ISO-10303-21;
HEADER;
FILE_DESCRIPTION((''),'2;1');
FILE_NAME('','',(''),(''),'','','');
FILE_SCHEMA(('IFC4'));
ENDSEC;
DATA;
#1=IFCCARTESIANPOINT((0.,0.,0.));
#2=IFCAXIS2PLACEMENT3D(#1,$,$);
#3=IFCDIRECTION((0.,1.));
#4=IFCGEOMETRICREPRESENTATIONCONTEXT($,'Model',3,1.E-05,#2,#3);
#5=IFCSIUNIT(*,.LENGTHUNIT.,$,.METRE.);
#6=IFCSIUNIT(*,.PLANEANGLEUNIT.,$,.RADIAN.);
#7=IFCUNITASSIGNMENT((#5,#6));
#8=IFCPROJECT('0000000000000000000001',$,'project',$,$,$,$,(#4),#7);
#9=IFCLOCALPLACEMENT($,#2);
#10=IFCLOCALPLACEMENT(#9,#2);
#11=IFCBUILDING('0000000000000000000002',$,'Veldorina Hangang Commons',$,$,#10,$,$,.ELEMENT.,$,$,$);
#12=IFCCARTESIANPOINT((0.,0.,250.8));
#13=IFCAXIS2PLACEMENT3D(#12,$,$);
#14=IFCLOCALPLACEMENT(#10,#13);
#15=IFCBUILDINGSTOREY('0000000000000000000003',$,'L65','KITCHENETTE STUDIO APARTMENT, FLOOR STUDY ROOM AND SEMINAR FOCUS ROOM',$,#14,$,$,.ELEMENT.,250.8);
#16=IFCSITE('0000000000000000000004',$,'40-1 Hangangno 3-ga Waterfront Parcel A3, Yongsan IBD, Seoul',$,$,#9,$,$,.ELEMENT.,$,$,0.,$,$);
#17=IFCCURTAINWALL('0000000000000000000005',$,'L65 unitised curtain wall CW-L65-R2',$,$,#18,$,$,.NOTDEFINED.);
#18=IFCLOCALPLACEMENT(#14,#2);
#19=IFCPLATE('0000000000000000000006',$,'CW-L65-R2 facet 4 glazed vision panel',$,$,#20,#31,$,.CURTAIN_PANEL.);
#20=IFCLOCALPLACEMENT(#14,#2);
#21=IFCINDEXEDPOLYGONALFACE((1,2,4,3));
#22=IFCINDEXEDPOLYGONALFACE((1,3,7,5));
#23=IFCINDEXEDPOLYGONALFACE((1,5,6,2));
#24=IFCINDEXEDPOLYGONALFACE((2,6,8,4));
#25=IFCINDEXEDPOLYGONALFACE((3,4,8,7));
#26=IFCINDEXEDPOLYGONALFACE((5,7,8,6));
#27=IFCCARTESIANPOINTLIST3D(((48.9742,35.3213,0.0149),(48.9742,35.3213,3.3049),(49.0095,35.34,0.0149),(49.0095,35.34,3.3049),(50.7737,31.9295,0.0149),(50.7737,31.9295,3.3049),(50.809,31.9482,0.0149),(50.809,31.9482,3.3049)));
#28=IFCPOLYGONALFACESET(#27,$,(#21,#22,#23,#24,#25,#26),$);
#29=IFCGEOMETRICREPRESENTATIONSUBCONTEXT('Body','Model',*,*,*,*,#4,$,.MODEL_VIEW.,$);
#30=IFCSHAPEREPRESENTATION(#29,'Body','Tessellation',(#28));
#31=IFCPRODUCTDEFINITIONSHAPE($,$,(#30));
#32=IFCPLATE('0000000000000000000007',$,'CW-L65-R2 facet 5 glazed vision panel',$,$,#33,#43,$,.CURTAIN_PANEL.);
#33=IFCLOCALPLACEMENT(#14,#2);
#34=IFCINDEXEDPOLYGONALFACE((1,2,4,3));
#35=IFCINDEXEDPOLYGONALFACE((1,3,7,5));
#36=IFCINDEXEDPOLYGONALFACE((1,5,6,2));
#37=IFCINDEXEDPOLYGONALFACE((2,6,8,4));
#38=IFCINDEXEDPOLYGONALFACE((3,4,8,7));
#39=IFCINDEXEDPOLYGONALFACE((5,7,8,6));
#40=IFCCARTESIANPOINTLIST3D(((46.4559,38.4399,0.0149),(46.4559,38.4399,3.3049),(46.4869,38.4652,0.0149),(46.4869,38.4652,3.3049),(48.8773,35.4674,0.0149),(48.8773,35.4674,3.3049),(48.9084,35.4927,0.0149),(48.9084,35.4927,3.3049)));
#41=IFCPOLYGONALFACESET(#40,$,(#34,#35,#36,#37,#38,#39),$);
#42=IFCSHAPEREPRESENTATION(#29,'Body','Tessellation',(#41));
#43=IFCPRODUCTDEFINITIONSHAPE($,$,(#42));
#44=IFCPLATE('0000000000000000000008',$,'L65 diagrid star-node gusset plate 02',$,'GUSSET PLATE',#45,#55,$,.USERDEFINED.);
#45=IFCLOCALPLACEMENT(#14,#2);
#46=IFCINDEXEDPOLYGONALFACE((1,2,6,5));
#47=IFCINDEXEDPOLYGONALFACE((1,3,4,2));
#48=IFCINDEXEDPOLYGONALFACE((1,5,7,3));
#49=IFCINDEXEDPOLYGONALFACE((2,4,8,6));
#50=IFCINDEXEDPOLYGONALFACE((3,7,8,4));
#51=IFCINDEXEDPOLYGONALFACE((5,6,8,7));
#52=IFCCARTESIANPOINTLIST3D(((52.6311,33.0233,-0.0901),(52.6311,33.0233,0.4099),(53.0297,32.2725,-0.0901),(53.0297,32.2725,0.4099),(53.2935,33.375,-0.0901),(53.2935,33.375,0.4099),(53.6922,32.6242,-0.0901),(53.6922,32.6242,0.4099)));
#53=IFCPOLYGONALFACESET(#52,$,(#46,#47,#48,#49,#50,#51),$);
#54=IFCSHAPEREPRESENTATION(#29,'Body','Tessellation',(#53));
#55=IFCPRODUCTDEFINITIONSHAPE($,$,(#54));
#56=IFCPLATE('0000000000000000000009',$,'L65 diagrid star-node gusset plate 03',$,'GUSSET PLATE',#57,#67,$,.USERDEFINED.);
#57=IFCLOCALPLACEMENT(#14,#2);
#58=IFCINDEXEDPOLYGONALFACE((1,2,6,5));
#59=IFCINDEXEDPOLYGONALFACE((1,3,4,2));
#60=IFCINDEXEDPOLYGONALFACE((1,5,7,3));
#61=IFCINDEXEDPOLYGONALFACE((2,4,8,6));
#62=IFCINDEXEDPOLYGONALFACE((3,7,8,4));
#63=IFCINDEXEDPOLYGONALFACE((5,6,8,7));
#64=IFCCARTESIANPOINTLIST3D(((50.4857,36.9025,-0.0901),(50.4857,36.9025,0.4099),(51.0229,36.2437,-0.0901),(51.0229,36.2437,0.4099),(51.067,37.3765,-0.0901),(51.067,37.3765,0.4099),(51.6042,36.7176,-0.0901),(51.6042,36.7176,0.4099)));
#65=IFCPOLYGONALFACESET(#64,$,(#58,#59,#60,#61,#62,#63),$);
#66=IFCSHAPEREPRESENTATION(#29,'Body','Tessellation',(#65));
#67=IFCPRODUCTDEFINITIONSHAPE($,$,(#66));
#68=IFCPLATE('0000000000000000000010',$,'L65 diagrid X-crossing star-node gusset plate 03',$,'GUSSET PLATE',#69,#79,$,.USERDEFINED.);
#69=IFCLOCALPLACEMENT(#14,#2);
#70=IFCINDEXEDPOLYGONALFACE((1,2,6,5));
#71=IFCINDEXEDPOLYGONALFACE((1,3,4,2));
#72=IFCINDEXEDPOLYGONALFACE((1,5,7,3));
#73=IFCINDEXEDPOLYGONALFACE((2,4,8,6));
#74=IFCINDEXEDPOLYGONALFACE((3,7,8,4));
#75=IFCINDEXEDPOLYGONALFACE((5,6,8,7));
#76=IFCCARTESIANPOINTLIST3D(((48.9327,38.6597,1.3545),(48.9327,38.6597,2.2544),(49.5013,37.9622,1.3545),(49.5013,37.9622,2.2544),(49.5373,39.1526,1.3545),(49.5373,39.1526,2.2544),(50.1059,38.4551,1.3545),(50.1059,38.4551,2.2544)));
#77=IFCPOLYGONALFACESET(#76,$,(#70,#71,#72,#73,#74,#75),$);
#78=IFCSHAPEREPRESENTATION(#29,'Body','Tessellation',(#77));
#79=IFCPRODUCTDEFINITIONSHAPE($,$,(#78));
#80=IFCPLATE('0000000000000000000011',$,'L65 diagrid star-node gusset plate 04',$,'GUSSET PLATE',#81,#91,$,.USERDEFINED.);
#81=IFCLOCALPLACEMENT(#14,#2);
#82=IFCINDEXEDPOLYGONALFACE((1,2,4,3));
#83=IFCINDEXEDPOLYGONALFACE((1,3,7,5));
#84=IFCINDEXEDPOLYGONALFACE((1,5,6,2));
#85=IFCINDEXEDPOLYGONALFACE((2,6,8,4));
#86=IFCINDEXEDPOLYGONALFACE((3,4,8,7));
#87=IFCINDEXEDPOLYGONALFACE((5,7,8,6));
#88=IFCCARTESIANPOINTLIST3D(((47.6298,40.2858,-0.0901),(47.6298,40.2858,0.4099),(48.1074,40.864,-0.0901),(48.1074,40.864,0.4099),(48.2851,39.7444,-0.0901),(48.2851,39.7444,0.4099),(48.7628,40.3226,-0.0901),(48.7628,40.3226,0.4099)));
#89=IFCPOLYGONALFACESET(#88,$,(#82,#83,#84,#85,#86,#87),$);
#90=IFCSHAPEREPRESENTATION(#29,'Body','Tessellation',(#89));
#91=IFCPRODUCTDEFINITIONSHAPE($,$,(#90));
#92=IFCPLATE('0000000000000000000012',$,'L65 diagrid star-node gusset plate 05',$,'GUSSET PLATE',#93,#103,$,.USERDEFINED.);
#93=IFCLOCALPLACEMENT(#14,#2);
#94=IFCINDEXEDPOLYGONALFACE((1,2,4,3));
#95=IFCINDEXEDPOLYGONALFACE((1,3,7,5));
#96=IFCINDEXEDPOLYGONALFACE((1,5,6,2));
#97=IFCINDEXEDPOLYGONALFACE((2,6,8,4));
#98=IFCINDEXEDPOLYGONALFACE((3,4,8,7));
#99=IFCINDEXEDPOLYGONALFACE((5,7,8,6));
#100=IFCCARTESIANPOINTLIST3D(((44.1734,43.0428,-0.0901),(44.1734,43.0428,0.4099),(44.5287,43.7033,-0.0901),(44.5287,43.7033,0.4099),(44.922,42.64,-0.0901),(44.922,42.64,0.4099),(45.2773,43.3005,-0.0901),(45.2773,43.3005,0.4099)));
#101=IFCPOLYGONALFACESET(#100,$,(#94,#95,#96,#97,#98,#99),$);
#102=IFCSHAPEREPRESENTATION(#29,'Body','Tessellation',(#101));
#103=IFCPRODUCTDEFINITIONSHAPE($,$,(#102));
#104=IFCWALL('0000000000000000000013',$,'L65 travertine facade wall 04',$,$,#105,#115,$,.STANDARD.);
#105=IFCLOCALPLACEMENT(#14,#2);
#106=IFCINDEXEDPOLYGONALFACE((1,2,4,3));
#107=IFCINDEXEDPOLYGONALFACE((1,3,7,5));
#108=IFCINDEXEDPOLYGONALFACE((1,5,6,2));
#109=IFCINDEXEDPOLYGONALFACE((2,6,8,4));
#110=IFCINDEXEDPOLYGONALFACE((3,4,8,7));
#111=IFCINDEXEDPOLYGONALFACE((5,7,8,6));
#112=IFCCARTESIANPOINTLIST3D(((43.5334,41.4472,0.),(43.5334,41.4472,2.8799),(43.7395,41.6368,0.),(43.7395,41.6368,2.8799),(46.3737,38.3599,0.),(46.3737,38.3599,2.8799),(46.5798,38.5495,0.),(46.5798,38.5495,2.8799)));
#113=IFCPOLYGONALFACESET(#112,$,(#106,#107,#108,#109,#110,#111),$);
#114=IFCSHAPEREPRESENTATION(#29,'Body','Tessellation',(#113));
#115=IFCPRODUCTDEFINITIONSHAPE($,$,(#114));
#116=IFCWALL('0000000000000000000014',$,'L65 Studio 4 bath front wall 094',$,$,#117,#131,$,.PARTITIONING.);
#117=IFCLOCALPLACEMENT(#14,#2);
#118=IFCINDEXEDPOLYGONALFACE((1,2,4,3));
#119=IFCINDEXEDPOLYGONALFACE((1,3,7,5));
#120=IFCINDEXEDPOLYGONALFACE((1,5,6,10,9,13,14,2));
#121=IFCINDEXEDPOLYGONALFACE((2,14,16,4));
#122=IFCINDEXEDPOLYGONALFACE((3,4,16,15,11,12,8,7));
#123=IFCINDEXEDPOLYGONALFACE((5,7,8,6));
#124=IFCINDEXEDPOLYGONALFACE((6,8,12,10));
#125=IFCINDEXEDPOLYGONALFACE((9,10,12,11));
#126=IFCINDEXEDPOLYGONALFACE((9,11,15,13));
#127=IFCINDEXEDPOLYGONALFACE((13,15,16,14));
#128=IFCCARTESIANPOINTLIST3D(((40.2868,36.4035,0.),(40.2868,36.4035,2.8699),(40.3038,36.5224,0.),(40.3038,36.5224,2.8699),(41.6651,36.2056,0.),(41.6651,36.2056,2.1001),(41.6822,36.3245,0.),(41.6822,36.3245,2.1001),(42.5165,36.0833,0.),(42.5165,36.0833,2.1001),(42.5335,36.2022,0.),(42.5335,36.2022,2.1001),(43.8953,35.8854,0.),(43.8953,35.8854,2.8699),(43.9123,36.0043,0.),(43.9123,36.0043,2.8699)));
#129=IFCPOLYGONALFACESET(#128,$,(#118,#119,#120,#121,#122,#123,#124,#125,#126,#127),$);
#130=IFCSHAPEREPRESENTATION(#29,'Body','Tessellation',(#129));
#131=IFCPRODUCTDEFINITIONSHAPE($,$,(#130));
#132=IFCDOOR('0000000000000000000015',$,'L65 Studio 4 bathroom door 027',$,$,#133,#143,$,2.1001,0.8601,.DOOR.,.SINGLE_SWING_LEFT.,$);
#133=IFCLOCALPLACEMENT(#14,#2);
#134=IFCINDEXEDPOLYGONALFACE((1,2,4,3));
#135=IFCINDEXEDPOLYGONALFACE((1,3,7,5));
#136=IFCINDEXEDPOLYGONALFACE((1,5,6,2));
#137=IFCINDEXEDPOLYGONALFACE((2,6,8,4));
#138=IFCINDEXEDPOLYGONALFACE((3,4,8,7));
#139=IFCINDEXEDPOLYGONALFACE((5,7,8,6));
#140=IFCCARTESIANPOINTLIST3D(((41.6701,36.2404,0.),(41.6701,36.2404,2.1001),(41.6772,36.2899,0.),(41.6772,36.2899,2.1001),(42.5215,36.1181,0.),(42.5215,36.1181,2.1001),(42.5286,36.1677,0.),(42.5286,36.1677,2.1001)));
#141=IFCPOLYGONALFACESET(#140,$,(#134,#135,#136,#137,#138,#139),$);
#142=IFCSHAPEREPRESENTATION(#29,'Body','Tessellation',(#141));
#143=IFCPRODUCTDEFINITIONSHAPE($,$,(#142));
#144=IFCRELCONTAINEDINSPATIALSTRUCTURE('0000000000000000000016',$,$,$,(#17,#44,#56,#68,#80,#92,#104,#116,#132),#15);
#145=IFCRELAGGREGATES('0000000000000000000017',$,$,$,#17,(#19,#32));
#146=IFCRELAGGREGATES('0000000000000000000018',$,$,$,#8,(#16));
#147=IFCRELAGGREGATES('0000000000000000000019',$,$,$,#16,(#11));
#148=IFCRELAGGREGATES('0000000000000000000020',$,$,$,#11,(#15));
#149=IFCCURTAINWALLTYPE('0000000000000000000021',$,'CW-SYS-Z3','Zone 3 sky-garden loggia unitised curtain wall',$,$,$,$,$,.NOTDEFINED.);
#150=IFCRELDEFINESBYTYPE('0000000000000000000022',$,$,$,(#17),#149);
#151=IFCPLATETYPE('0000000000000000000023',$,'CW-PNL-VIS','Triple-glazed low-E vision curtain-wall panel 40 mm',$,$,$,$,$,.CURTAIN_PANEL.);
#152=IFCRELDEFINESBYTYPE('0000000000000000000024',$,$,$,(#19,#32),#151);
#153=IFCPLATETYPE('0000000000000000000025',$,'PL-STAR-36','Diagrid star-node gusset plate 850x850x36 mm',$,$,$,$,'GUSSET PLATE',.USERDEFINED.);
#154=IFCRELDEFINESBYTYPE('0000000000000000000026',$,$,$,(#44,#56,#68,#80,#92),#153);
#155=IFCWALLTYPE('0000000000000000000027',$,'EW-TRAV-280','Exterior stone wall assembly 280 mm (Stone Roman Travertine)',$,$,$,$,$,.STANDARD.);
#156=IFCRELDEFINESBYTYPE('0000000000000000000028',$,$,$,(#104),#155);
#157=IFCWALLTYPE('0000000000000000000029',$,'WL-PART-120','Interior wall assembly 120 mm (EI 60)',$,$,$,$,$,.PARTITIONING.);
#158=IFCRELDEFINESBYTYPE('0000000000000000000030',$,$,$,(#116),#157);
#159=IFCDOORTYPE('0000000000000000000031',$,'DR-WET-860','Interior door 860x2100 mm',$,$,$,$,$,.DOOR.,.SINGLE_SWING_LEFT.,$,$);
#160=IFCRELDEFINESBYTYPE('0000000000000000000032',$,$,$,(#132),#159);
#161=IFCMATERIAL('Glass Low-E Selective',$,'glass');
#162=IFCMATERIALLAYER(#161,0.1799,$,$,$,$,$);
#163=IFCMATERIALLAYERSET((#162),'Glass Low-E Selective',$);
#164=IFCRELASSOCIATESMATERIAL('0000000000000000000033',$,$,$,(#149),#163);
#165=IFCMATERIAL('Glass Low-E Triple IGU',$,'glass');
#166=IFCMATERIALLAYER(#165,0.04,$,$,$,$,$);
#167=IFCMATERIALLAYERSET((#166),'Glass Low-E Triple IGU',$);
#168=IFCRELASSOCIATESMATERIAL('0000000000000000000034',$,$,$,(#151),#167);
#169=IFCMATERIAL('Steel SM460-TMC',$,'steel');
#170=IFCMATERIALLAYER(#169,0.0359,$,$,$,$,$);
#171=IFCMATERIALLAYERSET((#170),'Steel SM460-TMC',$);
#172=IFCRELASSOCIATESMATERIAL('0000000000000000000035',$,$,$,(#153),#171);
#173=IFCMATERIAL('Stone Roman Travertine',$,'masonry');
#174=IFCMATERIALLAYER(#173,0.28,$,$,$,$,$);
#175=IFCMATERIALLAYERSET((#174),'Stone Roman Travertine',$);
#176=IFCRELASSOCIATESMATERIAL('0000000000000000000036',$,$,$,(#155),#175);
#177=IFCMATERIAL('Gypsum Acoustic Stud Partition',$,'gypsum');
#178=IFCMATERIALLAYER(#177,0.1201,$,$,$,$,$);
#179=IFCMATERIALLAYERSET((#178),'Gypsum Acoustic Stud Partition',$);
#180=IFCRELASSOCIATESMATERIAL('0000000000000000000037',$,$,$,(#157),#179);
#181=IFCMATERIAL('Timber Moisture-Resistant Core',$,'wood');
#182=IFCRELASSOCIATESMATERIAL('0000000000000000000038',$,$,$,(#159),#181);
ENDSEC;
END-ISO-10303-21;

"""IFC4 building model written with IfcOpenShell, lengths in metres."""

from ifc_helpers import new_model, si_unit, direction, frame, frame_2d, origin, origin_2d, place, context, subcontext, project, spatial, rectangle, extrude, material, layer, layer_set, type_object, element, fill, aggregate, save


model = new_model("IFC4")

# Units and contexts
model_context = context("Model", 3, precision=1e-05, world=origin(), true_north=direction((0.0, 1.0)))
body_context = subcontext(model_context, "Body", "Model", "MODEL_VIEW")
ifc_project = project(units=[si_unit("LENGTHUNIT", "METRE"), si_unit("PLANEANGLEUNIT", "RADIAN")], contexts=[model_context])

# Site, building, storey
site_placement = place(None, origin())
site = spatial("IfcSite", under=ifc_project, at=site_placement, Name="40-1 Hangangno 3-ga Waterfront Parcel A3, Yongsan IBD, Seoul", CompositionType="ELEMENT", RefElevation=0.0)
building_placement = place(site_placement, origin())
building = spatial("IfcBuilding", under=site, at=building_placement, Name="Veldorina Hangang Commons", CompositionType="ELEMENT")
storey_placement = place(building_placement, frame((0.0, 0.0, 250.8)))
storey = spatial("IfcBuildingStorey", under=building, at=storey_placement, Name="L65", Description="KITCHENETTE STUDIO APARTMENT, FLOOR STUDY ROOM AND SEMINAR FOCUS ROOM", CompositionType="ELEMENT", Elevation=250.8)

# Curtain wall
ifc_material_1 = material(Name="Glass Low-E Selective", Category="glass")
ifc_layer_1 = layer(ifc_material_1, 0.1799)
ifc_layer_set_1 = layer_set([ifc_layer_1], Name="Glass Low-E Selective")
curtain_wall_type = type_object("IfcCurtainWallType", Name="CW-SYS-Z3", Description="Zone 3 sky-garden loggia unitised curtain wall", PredefinedType="NOTDEFINED", material=ifc_layer_set_1)
curtain_wall_placement = place(storey_placement, origin())
curtain_wall = element("IfcCurtainWall", 1, at=curtain_wall_placement, inside=storey, type_object=curtain_wall_type, Name="L65 unitised curtain wall CW-L65-R2", PredefinedType="NOTDEFINED")

# Plates
ifc_material_2 = material(Name="Glass Low-E Triple IGU", Category="glass")
ifc_layer_2 = layer(ifc_material_2, 0.04)
ifc_layer_set_2 = layer_set([ifc_layer_2], Name="Glass Low-E Triple IGU")
plate_type_1 = type_object("IfcPlateType", Name="CW-PNL-VIS", Description="Triple-glazed low-E vision curtain-wall panel 40 mm", PredefinedType="CURTAIN_PANEL", material=ifc_layer_set_2)
plate_1_placement = place(storey_placement, frame((49.8916, 33.6348, 0.0149), z_axis=(0.0, 0.0, 1.0), x_axis=(-0.46867, 0.883373, 0.0)))
plate_1 = element("IfcPlate", 2, at=plate_1_placement, type_object=plate_type_1, Name="CW-L65-R2 facet 4 glazed vision panel", PredefinedType="CURTAIN_PANEL", context=body_context, shape_type="SweptSolid", body=[
    extrude(rectangle(XDim=3.8396, YDim=0.04, at=origin_2d()), origin(), (0.0, 0.0, 1.0), 3.29),
])
plate_2_placement = place(storey_placement, frame((47.6821, 36.9663, 0.0149), z_axis=(0.0, 0.0, 1.0), x_axis=(-0.631569, 0.775319, 0.0)))
plate_2 = element("IfcPlate", 3, at=plate_2_placement, type_object=plate_type_1, Name="CW-L65-R2 facet 5 glazed vision panel", PredefinedType="CURTAIN_PANEL", context=body_context, shape_type="SweptSolid", body=[
    extrude(rectangle(XDim=3.834, YDim=0.04, at=origin_2d()), origin(), (0.0, 0.0, 1.0), 3.29),
])
aggregate(curtain_wall, [plate_1, plate_2])

# Plates
ifc_material_3 = material(Name="Steel SM460-TMC", Category="steel")
ifc_layer_3 = layer(ifc_material_3, 0.0359)
ifc_layer_set_3 = layer_set([ifc_layer_3], Name="Steel SM460-TMC")
plate_type_2 = type_object("IfcPlateType", Name="PL-STAR-36", Description="Diagrid star-node gusset plate 850x850x36 mm", ElementType="GUSSET PLATE", PredefinedType="USERDEFINED", material=ifc_layer_set_3)
for number, where, z_axis, x_axis, name in (
    (4, (53.1616, 32.8237, -0.0901), (0.0, 0.0, 1.0), (-0.468963, 0.883218, 0.0), "L65 diagrid star-node gusset plate 02"),
    (5, (51.0449, 36.8101, -0.0901), (0.0, 0.0, 1.0), (-0.631881, 0.775066, 0.0), "L65 diagrid star-node gusset plate 03"),
):
    element("IfcPlate", number, at=place(storey_placement, frame(where, z_axis=z_axis, x_axis=x_axis)), inside=storey, type_object=plate_type_2, Name=name, ObjectType="GUSSET PLATE", PredefinedType="USERDEFINED", context=body_context, shape_type="SweptSolid", body=[
        extrude(rectangle(XDim=0.8501, YDim=0.75, at=origin_2d()), origin(), (0.0, 0.0, 1.0), 0.5),
    ])
plate_3_placement = place(storey_placement, frame((49.5193, 38.5574, 1.3545), z_axis=(0.0, 0.0, 1.0), x_axis=(-0.631881, 0.775066, 0.0)))
element("IfcPlate", 6, at=plate_3_placement, inside=storey, type_object=plate_type_2, Name="L65 diagrid X-crossing star-node gusset plate 03", ObjectType="GUSSET PLATE", PredefinedType="USERDEFINED", context=body_context, shape_type="SweptSolid", body=[
    extrude(rectangle(XDim=0.8999, YDim=0.78, at=origin_2d()), origin(), (0.0, 0.0, 1.0), 0.8999),
])
for number, where, z_axis, x_axis, name in (
    (7, (48.1963, 40.3042, -0.0901), (0.0, 0.0, 1.0), (-0.770947, 0.636899, 0.0), "L65 diagrid star-node gusset plate 04"),
    (8, (44.7253, 43.1716, -0.0901), (0.0, 0.0, 1.0), (-0.880618, 0.473827, 0.0), "L65 diagrid star-node gusset plate 05"),
):
    element("IfcPlate", number, at=place(storey_placement, frame(where, z_axis=z_axis, x_axis=x_axis)), inside=storey, type_object=plate_type_2, Name=name, ObjectType="GUSSET PLATE", PredefinedType="USERDEFINED", context=body_context, shape_type="SweptSolid", body=[
        extrude(rectangle(XDim=0.8501, YDim=0.75, at=origin_2d()), origin(), (0.0, 0.0, 1.0), 0.5),
    ])

# Wall
ifc_material_4 = material(Name="Stone Roman Travertine", Category="masonry")
ifc_layer_4 = layer(ifc_material_4, 0.28)
ifc_layer_set_4 = layer_set([ifc_layer_4], Name="Stone Roman Travertine")
wall_type_1 = type_object("IfcWallType", Name="EW-TRAV-280", Description="Exterior stone wall assembly 280 mm (Stone Roman Travertine)", PredefinedType="STANDARD", material=ifc_layer_set_4)
wall_1_placement = place(storey_placement, frame((46.4768, 38.4546, 0.0), z_axis=(0.0, 0.0, 1.0), x_axis=(-0.677046, 0.73594, 0.0)))
element("IfcWall", 9, at=wall_1_placement, inside=storey, type_object=wall_type_1, Name="L65 travertine facade wall 04", PredefinedType="STANDARD", context=body_context, shape_type="SweptSolid", body=[
    extrude(rectangle(XDim=4.1951, YDim=0.28, at=frame_2d((2.0977, 0.0))), origin(), (0.0, 0.0, 1.0), 2.8799),
])

# Wall, opening, door
ifc_material_5 = material(Name="Gypsum Acoustic Stud Partition", Category="gypsum")
ifc_layer_5 = layer(ifc_material_5, 0.1201)
ifc_layer_set_5 = layer_set([ifc_layer_5], Name="Gypsum Acoustic Stud Partition")
wall_type_2 = type_object("IfcWallType", Name="WL-PART-120", Description="Interior wall assembly 120 mm (EI 60)", PredefinedType="PARTITIONING", material=ifc_layer_set_5)
wall_2_placement = place(storey_placement, frame((43.9038, 35.9448, 0.0), z_axis=(0.0, 0.0, 1.0), x_axis=(-0.98985, 0.142115, 0.0)))
wall_2 = element("IfcWall", 10, at=wall_2_placement, inside=storey, type_object=wall_type_2, Name="L65 Studio 4 bath front wall 094", PredefinedType="PARTITIONING", context=body_context, shape_type="SweptSolid", body=[
    extrude(rectangle(XDim=3.6455, YDim=0.1201, at=frame_2d((1.8228, 0.0))), origin(), (0.0, 0.0, 1.0), 2.8699),
])
opening_placement = place(wall_2_placement, frame((1.3928, 0.0, 0.0)))
opening = element("IfcOpeningElement", 11, at=opening_placement, cuts=wall_2, PredefinedType="OPENING", context=body_context, shape_type="SweptSolid", body=[
    extrude(rectangle(XDim=0.8601, YDim=2.1001, at=frame_2d((0.4302, 1.05))), frame((0.0, 0.0701, 0.0), z_axis=(0.0, -1.0, 0.0), x_axis=(1.0, 0.0, 0.0)), (0.0, 0.0, 1.0), 0.1401),
])
ifc_material_6 = material(Name="Timber Moisture-Resistant Core", Category="wood")
door_type = type_object("IfcDoorType", Name="DR-WET-860", Description="Interior door 860x2100 mm", OperationType="SINGLE_SWING_LEFT", PredefinedType="DOOR", material=ifc_material_6)
door_placement = place(opening_placement, origin())
door = element("IfcDoor", 12, at=door_placement, inside=storey, type_object=door_type, Name="L65 Studio 4 bathroom door 027", OperationType="SINGLE_SWING_LEFT", OverallHeight=2.1001, OverallWidth=0.8601, PredefinedType="DOOR", context=body_context, shape_type="SweptSolid", body=[
    extrude(rectangle(XDim=0.8601, YDim=2.1001, at=frame_2d((0.4302, 1.05))), frame((0.0, 0.0249, 0.0), z_axis=(0.0, -1.0, 0.0), x_axis=(1.0, 0.0, 0.0)), (0.0, 0.0, 1.0), 0.05),
])
fill(opening, door)

save(model, "model.ifc")
